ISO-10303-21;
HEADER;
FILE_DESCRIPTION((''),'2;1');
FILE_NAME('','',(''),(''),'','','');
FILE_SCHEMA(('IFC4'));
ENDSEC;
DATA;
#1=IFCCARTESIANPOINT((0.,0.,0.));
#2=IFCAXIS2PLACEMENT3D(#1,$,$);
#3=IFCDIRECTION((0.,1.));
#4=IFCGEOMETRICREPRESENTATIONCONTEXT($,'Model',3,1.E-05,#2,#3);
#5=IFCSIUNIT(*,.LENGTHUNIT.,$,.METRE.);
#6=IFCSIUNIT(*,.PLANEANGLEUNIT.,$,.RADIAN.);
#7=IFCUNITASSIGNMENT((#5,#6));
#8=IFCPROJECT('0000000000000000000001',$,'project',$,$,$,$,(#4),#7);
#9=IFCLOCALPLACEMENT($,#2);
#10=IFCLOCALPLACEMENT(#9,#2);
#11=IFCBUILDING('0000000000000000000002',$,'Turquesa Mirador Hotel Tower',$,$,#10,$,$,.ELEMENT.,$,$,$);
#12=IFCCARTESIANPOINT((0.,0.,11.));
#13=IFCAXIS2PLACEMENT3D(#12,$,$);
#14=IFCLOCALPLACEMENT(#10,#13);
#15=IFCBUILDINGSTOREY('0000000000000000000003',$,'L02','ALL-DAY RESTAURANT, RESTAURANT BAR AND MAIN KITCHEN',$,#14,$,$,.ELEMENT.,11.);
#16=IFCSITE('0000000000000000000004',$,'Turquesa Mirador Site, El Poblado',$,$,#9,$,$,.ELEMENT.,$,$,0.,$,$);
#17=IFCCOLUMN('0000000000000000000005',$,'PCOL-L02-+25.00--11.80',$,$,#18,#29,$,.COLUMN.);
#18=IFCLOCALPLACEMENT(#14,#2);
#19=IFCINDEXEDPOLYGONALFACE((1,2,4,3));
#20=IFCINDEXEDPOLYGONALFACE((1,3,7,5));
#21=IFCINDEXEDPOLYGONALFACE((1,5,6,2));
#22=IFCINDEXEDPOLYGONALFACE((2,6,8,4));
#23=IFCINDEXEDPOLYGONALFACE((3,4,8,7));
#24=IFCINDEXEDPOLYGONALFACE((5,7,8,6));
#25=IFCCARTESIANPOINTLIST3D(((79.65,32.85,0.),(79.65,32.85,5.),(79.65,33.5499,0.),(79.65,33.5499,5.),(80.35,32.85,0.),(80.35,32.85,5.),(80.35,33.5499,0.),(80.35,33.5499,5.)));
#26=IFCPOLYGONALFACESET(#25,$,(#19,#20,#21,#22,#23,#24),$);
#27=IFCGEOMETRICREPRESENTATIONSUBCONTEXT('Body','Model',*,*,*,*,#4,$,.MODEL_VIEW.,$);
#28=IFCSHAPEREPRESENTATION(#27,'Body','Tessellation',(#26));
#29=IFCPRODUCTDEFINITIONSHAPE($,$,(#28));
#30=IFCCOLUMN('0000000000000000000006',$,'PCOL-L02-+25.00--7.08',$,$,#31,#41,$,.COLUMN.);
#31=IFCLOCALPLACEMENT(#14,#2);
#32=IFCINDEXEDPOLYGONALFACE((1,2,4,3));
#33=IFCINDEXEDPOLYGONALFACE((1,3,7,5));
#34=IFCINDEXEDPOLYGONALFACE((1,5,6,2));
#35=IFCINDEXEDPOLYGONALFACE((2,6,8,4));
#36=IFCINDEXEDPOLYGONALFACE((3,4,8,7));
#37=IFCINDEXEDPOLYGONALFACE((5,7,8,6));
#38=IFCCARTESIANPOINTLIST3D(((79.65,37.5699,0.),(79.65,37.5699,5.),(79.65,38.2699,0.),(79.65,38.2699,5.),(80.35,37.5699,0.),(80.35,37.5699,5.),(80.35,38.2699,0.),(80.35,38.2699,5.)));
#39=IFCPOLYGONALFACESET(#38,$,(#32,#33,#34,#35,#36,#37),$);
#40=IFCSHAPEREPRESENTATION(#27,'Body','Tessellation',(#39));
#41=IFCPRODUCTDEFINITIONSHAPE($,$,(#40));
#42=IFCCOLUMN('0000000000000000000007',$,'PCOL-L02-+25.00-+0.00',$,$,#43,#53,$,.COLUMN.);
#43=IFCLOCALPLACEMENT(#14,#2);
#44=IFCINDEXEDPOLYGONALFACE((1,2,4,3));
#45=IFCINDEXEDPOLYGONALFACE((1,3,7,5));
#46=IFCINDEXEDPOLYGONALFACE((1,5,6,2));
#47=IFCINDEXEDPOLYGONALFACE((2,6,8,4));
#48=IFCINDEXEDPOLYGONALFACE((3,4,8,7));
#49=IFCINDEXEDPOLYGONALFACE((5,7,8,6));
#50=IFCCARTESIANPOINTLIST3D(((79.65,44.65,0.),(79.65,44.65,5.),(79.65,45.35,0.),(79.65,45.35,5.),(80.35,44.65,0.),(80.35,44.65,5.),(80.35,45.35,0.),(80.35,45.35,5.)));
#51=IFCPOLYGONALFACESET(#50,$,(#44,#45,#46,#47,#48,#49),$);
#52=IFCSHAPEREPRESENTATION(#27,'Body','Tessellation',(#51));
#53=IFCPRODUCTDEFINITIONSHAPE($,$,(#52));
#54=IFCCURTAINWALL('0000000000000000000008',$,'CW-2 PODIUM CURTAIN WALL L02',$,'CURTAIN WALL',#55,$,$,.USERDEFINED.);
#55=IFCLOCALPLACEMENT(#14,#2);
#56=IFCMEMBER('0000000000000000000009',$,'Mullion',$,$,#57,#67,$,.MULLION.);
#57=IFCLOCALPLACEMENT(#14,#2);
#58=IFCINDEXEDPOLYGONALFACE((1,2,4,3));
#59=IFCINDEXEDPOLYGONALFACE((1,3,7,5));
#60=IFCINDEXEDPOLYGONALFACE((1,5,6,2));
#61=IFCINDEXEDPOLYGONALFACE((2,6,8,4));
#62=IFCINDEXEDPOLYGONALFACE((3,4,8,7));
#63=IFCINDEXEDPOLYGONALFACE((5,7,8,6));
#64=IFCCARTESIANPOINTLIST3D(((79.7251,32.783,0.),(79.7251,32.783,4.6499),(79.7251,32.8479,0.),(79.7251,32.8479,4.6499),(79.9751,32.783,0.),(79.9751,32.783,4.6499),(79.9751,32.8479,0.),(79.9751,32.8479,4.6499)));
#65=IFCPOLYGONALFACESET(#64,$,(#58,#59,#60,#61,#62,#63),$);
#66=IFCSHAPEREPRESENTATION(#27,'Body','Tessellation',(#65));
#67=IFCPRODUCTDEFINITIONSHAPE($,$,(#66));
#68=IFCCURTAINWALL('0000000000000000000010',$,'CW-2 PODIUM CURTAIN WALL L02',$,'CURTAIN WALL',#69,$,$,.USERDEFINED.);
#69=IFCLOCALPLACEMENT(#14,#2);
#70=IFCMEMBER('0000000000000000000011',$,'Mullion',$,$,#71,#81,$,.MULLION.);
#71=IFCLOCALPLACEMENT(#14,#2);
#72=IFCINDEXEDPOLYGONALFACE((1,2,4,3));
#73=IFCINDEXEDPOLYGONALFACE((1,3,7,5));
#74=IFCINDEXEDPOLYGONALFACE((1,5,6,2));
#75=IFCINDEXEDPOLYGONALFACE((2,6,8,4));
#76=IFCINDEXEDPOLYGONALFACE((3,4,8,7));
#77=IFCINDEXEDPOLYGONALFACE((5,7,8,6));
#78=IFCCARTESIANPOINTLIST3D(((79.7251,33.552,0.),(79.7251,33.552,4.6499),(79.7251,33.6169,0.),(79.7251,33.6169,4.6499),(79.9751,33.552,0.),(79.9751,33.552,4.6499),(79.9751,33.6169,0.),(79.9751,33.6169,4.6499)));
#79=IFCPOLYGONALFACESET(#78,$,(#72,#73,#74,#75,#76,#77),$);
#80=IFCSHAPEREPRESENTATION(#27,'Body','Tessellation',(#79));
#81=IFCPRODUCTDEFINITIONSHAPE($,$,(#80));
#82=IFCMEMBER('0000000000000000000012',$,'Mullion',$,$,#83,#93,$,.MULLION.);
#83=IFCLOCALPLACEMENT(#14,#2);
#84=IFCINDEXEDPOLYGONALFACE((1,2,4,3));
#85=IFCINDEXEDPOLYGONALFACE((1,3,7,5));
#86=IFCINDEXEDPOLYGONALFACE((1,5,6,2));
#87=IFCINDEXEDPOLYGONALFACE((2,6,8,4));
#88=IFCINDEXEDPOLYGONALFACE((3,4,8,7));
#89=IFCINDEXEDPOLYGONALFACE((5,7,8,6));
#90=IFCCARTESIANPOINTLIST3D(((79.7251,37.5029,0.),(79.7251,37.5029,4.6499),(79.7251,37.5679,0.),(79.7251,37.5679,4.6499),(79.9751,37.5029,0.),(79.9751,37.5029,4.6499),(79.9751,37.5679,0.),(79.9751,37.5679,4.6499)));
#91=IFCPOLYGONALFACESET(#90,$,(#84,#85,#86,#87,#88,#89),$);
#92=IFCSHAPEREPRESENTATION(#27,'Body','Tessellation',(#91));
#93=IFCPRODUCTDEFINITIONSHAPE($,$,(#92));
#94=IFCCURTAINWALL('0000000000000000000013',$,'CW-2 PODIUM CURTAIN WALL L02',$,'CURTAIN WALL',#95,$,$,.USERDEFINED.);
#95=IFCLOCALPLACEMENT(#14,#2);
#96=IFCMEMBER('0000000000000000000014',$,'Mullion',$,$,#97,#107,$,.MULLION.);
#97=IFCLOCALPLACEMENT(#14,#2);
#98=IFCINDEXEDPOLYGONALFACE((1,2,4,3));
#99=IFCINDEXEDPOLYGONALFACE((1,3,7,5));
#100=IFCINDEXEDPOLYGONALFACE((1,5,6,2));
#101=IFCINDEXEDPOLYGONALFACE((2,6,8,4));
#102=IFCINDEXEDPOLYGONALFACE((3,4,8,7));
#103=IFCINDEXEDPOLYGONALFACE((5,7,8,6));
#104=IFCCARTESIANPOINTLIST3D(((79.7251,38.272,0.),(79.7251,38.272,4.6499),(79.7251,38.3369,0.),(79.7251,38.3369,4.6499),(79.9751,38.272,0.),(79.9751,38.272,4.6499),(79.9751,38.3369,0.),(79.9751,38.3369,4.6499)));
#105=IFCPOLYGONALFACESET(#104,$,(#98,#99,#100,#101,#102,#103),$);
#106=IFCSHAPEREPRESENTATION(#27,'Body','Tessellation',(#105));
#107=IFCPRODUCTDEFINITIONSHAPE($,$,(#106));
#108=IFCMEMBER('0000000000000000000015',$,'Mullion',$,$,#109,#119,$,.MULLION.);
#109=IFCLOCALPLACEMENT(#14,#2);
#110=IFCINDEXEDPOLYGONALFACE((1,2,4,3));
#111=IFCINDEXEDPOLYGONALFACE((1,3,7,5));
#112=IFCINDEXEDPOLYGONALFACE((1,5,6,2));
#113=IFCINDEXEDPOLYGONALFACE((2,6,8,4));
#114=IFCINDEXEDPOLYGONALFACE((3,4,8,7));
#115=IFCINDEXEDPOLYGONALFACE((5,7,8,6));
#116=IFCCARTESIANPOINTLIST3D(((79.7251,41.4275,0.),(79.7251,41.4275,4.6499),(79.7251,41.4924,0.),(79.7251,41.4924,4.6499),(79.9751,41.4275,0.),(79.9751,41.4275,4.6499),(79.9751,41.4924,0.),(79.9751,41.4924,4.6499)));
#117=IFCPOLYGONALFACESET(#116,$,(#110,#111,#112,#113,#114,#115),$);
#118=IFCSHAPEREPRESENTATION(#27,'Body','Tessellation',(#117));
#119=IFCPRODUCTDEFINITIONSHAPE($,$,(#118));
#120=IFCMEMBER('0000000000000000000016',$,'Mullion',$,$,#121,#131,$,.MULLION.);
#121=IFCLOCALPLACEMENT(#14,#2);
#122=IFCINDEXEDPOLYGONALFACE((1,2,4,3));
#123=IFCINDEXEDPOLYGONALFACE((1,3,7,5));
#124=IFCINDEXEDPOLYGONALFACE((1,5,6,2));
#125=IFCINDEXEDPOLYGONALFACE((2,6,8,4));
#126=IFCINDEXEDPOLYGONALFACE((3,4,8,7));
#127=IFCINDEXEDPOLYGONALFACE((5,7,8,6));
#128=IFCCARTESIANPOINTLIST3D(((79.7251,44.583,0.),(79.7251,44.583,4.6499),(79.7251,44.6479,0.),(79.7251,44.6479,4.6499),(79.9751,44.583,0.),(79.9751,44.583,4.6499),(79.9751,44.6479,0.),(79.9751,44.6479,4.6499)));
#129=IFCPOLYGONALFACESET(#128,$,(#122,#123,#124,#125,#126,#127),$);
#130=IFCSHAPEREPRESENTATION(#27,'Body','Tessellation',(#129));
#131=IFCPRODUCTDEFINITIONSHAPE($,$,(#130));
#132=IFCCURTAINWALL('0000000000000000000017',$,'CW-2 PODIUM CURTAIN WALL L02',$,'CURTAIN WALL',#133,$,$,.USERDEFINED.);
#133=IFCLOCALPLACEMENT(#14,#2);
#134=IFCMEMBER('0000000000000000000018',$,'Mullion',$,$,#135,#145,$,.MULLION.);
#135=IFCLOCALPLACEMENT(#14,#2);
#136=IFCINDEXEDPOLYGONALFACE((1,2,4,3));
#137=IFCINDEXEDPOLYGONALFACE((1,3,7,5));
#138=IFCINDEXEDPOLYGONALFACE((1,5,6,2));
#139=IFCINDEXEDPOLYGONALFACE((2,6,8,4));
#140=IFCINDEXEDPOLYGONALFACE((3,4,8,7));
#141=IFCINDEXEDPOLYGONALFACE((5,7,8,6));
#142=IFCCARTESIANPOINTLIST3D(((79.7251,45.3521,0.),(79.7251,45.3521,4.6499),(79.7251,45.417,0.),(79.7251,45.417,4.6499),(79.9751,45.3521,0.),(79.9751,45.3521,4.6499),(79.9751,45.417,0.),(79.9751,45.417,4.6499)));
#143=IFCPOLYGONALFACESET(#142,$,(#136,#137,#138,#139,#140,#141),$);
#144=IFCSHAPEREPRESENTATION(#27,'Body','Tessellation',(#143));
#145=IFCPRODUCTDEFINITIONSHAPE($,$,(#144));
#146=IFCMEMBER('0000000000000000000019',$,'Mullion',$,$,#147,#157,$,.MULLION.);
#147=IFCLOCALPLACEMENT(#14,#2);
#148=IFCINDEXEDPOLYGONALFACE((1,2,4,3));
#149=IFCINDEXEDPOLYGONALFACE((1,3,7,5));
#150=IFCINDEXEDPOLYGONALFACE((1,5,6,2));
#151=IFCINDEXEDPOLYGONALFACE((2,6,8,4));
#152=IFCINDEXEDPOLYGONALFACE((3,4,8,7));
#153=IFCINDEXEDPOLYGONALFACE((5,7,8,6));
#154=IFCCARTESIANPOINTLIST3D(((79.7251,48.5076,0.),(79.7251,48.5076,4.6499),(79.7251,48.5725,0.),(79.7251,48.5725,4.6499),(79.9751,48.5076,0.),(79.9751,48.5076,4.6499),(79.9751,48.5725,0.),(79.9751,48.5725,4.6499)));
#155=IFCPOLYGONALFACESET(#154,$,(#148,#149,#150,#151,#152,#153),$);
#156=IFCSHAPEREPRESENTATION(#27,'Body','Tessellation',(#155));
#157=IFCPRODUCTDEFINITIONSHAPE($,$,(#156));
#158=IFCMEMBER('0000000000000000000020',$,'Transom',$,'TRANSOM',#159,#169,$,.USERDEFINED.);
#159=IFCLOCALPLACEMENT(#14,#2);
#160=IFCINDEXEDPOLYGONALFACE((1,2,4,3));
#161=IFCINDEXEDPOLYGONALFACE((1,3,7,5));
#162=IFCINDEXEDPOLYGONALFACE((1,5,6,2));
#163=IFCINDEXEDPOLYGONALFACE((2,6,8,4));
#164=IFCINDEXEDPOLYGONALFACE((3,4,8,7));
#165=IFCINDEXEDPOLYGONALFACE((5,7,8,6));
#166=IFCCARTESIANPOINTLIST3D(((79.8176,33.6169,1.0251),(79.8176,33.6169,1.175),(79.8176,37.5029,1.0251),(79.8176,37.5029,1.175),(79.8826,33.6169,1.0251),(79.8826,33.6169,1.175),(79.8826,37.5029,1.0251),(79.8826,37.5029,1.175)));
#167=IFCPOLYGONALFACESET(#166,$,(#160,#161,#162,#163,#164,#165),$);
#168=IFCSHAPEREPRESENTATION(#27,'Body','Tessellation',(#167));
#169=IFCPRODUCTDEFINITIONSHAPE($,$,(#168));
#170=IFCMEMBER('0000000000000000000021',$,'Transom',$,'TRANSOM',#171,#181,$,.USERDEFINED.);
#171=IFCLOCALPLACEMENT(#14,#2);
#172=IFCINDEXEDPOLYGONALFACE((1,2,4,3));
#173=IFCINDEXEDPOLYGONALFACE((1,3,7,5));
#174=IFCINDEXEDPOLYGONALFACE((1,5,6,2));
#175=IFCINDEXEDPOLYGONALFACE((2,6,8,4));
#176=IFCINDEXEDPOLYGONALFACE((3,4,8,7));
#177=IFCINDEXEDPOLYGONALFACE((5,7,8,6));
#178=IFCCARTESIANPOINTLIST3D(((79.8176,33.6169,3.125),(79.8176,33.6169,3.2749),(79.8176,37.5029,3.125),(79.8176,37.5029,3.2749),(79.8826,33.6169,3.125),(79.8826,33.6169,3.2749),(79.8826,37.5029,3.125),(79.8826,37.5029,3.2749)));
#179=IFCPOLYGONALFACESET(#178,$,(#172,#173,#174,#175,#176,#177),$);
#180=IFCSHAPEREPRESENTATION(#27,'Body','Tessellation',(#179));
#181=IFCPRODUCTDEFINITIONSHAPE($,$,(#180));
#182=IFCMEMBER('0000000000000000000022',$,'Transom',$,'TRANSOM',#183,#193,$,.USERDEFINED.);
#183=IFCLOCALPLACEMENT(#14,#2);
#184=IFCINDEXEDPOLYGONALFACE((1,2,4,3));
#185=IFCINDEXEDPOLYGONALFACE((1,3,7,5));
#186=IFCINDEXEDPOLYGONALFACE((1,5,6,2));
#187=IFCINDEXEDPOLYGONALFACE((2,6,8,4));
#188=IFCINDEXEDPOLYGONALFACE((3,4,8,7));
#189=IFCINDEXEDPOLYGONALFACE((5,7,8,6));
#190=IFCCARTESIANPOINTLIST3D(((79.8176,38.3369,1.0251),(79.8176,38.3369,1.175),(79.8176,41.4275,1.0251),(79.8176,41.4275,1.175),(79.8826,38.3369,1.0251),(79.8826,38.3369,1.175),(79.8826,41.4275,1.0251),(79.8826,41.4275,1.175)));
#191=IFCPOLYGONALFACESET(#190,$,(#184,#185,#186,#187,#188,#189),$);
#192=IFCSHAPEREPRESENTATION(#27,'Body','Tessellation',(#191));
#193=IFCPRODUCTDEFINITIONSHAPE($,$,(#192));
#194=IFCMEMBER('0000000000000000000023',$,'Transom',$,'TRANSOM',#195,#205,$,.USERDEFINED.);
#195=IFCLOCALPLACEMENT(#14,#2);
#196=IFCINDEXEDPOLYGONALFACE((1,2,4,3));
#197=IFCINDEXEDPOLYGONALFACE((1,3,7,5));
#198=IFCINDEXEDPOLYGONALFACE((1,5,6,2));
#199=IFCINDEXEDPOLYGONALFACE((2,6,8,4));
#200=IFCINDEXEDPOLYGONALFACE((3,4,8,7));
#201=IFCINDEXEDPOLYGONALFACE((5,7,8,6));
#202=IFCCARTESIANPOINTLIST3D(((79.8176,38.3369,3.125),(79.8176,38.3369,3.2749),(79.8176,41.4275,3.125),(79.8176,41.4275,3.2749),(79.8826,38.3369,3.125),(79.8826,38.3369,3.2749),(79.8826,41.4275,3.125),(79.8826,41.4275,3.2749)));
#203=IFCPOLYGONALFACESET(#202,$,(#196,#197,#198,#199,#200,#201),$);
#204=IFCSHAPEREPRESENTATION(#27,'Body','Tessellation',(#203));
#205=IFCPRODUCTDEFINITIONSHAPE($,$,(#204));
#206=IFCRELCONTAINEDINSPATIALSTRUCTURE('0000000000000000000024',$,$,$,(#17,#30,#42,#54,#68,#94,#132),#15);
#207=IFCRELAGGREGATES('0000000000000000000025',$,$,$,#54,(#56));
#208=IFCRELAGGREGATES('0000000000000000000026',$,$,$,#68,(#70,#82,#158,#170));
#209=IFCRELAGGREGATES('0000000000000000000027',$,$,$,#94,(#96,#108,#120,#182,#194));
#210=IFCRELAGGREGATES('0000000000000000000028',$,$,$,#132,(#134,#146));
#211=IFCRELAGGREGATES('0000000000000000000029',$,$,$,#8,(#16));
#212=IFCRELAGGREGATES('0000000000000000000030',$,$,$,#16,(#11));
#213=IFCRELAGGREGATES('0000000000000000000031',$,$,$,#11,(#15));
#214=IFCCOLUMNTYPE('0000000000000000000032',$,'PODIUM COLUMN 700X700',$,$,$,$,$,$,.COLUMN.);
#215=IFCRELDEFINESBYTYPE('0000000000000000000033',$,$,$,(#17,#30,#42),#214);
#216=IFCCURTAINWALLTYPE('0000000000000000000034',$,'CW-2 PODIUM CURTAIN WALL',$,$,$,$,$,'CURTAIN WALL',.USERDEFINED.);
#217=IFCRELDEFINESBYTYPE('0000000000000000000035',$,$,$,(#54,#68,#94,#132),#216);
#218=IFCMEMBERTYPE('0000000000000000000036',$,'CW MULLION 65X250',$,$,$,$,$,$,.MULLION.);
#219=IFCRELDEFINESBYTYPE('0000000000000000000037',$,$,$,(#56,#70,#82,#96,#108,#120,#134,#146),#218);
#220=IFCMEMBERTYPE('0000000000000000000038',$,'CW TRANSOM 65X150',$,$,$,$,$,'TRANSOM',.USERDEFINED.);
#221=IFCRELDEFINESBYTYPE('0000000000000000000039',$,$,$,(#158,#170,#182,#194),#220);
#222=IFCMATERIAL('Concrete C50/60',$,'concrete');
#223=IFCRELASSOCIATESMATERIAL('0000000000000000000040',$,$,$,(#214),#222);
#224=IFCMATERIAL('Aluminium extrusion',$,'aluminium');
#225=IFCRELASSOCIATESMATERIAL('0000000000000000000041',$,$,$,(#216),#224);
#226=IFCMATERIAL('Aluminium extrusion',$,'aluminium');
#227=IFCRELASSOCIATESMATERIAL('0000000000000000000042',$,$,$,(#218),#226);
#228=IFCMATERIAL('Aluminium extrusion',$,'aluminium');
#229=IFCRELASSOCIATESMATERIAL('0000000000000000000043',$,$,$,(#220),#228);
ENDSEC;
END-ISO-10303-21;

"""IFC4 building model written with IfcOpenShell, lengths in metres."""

from ifc_helpers import new_model, si_unit, direction, frame, origin, origin_2d, place, context, subcontext, project, spatial, rectangle, extrude, material, material_profile, profile_set, type_object, element, aggregate, save


model = new_model("IFC4")

# Units and contexts
model_context = context("Model", 3, precision=1e-05, world=origin(), true_north=direction((0.0, 1.0)))
body_context = subcontext(model_context, "Body", "Model", "MODEL_VIEW")
ifc_project = project(units=[si_unit("LENGTHUNIT", "METRE"), si_unit("PLANEANGLEUNIT", "RADIAN")], contexts=[model_context])

# Site, building, storey
site_placement = place(None, origin())
site = spatial("IfcSite", under=ifc_project, at=site_placement, Name="Turquesa Mirador Site, El Poblado", CompositionType="ELEMENT", RefElevation=0.0)
building_placement = place(site_placement, origin())
building = spatial("IfcBuilding", under=site, at=building_placement, Name="Turquesa Mirador Hotel Tower", CompositionType="ELEMENT")
storey_placement = place(building_placement, frame((0.0, 0.0, 11.0)))
storey = spatial("IfcBuildingStorey", under=building, at=storey_placement, Name="L02", Description="ALL-DAY RESTAURANT, RESTAURANT BAR AND MAIN KITCHEN", CompositionType="ELEMENT", Elevation=11.0)

# Columns
ifc_material_1 = material(Name="Concrete C50/60", Category="concrete")
ifc_material_profile_1 = material_profile(ifc_material_1, rectangle(XDim=0.7, YDim=0.7, at=origin_2d()), Name="RC 700X700")
ifc_profile_set_1 = profile_set([ifc_material_profile_1], Name="Concrete C50/60")
column_type = type_object("IfcColumnType", Name="PODIUM COLUMN 700X700", PredefinedType="COLUMN", material=ifc_profile_set_1)
for number, where, z_axis, x_axis, name in (
    (1, (80.0, 33.2, 0.0), (0.0, 0.0, 1.0), (1.0, 0.0, 0.0), "PCOL-L02-+25.00--11.80"),
    (2, (80.0, 37.9199, 0.0), (0.0, 0.0, 1.0), (1.0, 0.0, 0.0), "PCOL-L02-+25.00--7.08"),
    (3, (80.0, 45.0, 0.0), (0.0, 0.0, 1.0), (1.0, 0.0, 0.0), "PCOL-L02-+25.00-+0.00"),
):
    element("IfcColumn", number, at=place(storey_placement, frame(where, z_axis=z_axis, x_axis=x_axis)), inside=storey, type_object=column_type, Name=name, PredefinedType="COLUMN", context=body_context, shape_type="SweptSolid", body=[
        extrude(rectangle(XDim=0.7, YDim=0.7, at=origin_2d()), origin(), (0.0, 0.0, 1.0), 5.0),
    ])

# Curtain wall, member
ifc_material_2 = material(Name="Aluminium extrusion", Category="aluminium")
curtain_wall_type = type_object("IfcCurtainWallType", Name="CW-2 PODIUM CURTAIN WALL", ElementType="CURTAIN WALL", PredefinedType="USERDEFINED", material=ifc_material_2)
curtain_wall_1_placement = place(storey_placement, origin())
curtain_wall_1 = element("IfcCurtainWall", 4, at=curtain_wall_1_placement, inside=storey, type_object=curtain_wall_type, Name="CW-2 PODIUM CURTAIN WALL L02", ObjectType="CURTAIN WALL", PredefinedType="USERDEFINED")
ifc_material_3 = material(Name="Aluminium extrusion", Category="aluminium")
ifc_material_profile_2 = material_profile(ifc_material_3, rectangle(XDim=0.0649, YDim=0.25, at=origin_2d()), Name="MULLION 65X250")
ifc_profile_set_2 = profile_set([ifc_material_profile_2], Name="Aluminium extrusion")
member_type_1 = type_object("IfcMemberType", Name="CW MULLION 65X250", PredefinedType="MULLION", material=ifc_profile_set_2)
member_1_placement = place(storey_placement, frame((79.8501, 32.8154, 0.0), z_axis=(0.0, 0.0, 1.0), x_axis=(0.0, 1.0, 0.0)))
member_1 = element("IfcMember", 5, at=member_1_placement, type_object=member_type_1, Name="Mullion", PredefinedType="MULLION", context=body_context, shape_type="SweptSolid", body=[
    extrude(rectangle(XDim=0.0649, YDim=0.25, at=origin_2d()), origin(), (0.0, 0.0, 1.0), 4.6499),
])

# Curtain walls, members
curtain_wall_2_placement = place(storey_placement, origin())
curtain_wall_2 = element("IfcCurtainWall", 6, at=curtain_wall_2_placement, inside=storey, type_object=curtain_wall_type, Name="CW-2 PODIUM CURTAIN WALL L02", ObjectType="CURTAIN WALL", PredefinedType="USERDEFINED")
member_2_placement = place(storey_placement, frame((79.8501, 33.5845, 0.0), z_axis=(0.0, 0.0, 1.0), x_axis=(0.0, 1.0, 0.0)))
member_2 = element("IfcMember", 7, at=member_2_placement, type_object=member_type_1, Name="Mullion", PredefinedType="MULLION", context=body_context, shape_type="SweptSolid", body=[
    extrude(rectangle(XDim=0.0649, YDim=0.25, at=origin_2d()), origin(), (0.0, 0.0, 1.0), 4.6499),
])
member_3_placement = place(storey_placement, frame((79.8501, 37.5354, 0.0), z_axis=(0.0, 0.0, 1.0), x_axis=(0.0, 1.0, 0.0)))
member_3 = element("IfcMember", 8, at=member_3_placement, type_object=member_type_1, Name="Mullion", PredefinedType="MULLION", context=body_context, shape_type="SweptSolid", body=[
    extrude(rectangle(XDim=0.0649, YDim=0.25, at=origin_2d()), origin(), (0.0, 0.0, 1.0), 4.6499),
])
curtain_wall_3_placement = place(storey_placement, origin())
curtain_wall_3 = element("IfcCurtainWall", 9, at=curtain_wall_3_placement, inside=storey, type_object=curtain_wall_type, Name="CW-2 PODIUM CURTAIN WALL L02", ObjectType="CURTAIN WALL", PredefinedType="USERDEFINED")
member_4_placement = place(storey_placement, frame((79.8501, 38.3044, 0.0), z_axis=(0.0, 0.0, 1.0), x_axis=(0.0, 1.0, 0.0)))
member_4 = element("IfcMember", 10, at=member_4_placement, type_object=member_type_1, Name="Mullion", PredefinedType="MULLION", context=body_context, shape_type="SweptSolid", body=[
    extrude(rectangle(XDim=0.0649, YDim=0.25, at=origin_2d()), origin(), (0.0, 0.0, 1.0), 4.6499),
])
member_5_placement = place(storey_placement, frame((79.8501, 41.46, 0.0), z_axis=(0.0, 0.0, 1.0), x_axis=(0.0, 1.0, 0.0)))
member_5 = element("IfcMember", 11, at=member_5_placement, type_object=member_type_1, Name="Mullion", PredefinedType="MULLION", context=body_context, shape_type="SweptSolid", body=[
    extrude(rectangle(XDim=0.0649, YDim=0.25, at=origin_2d()), origin(), (0.0, 0.0, 1.0), 4.6499),
])
member_6_placement = place(storey_placement, frame((79.8501, 44.6155, 0.0), z_axis=(0.0, 0.0, 1.0), x_axis=(0.0, 1.0, 0.0)))
member_6 = element("IfcMember", 12, at=member_6_placement, type_object=member_type_1, Name="Mullion", PredefinedType="MULLION", context=body_context, shape_type="SweptSolid", body=[
    extrude(rectangle(XDim=0.0649, YDim=0.25, at=origin_2d()), origin(), (0.0, 0.0, 1.0), 4.6499),
])
curtain_wall_4_placement = place(storey_placement, origin())
curtain_wall_4 = element("IfcCurtainWall", 13, at=curtain_wall_4_placement, inside=storey, type_object=curtain_wall_type, Name="CW-2 PODIUM CURTAIN WALL L02", ObjectType="CURTAIN WALL", PredefinedType="USERDEFINED")
member_7_placement = place(storey_placement, frame((79.8501, 45.3845, 0.0), z_axis=(0.0, 0.0, 1.0), x_axis=(0.0, 1.0, 0.0)))
member_7 = element("IfcMember", 14, at=member_7_placement, type_object=member_type_1, Name="Mullion", PredefinedType="MULLION", context=body_context, shape_type="SweptSolid", body=[
    extrude(rectangle(XDim=0.0649, YDim=0.25, at=origin_2d()), origin(), (0.0, 0.0, 1.0), 4.6499),
])
member_8_placement = place(storey_placement, frame((79.8501, 48.54, 0.0), z_axis=(0.0, 0.0, 1.0), x_axis=(0.0, 1.0, 0.0)))
member_8 = element("IfcMember", 15, at=member_8_placement, type_object=member_type_1, Name="Mullion", PredefinedType="MULLION", context=body_context, shape_type="SweptSolid", body=[
    extrude(rectangle(XDim=0.0649, YDim=0.25, at=origin_2d()), origin(), (0.0, 0.0, 1.0), 4.6499),
])

# Members
ifc_material_4 = material(Name="Aluminium extrusion", Category="aluminium")
ifc_material_profile_3 = material_profile(ifc_material_4, rectangle(XDim=0.0649, YDim=0.1499, at=origin_2d()), Name="TRANSOM 65X150")
ifc_profile_set_3 = profile_set([ifc_material_profile_3], Name="Aluminium extrusion")
member_type_2 = type_object("IfcMemberType", Name="CW TRANSOM 65X150", ElementType="TRANSOM", PredefinedType="USERDEFINED", material=ifc_profile_set_3)
member_9_placement = place(storey_placement, frame((79.8501, 33.6169, 1.1001), z_axis=(0.0, 1.0, 0.0), x_axis=(-1.0, 0.0, 0.0)))
member_9 = element("IfcMember", 16, at=member_9_placement, type_object=member_type_2, Name="Transom", ObjectType="TRANSOM", PredefinedType="USERDEFINED", context=body_context, shape_type="SweptSolid", body=[
    extrude(rectangle(XDim=0.0649, YDim=0.1499, at=origin_2d()), origin(), (0.0, 0.0, 1.0), 3.886),
])
member_10_placement = place(storey_placement, frame((79.8501, 33.6169, 3.2), z_axis=(0.0, 1.0, 0.0), x_axis=(-1.0, 0.0, 0.0)))
member_10 = element("IfcMember", 17, at=member_10_placement, type_object=member_type_2, Name="Transom", ObjectType="TRANSOM", PredefinedType="USERDEFINED", context=body_context, shape_type="SweptSolid", body=[
    extrude(rectangle(XDim=0.0649, YDim=0.1499, at=origin_2d()), origin(), (0.0, 0.0, 1.0), 3.886),
])
member_11_placement = place(storey_placement, frame((79.8501, 38.3369, 1.1001), z_axis=(0.0, 1.0, 0.0), x_axis=(-1.0, 0.0, 0.0)))
member_11 = element("IfcMember", 18, at=member_11_placement, type_object=member_type_2, Name="Transom", ObjectType="TRANSOM", PredefinedType="USERDEFINED", context=body_context, shape_type="SweptSolid", body=[
    extrude(rectangle(XDim=0.0649, YDim=0.1499, at=origin_2d()), origin(), (0.0, 0.0, 1.0), 3.0906),
])
member_12_placement = place(storey_placement, frame((79.8501, 38.3369, 3.2), z_axis=(0.0, 1.0, 0.0), x_axis=(-1.0, 0.0, 0.0)))
member_12 = element("IfcMember", 19, at=member_12_placement, type_object=member_type_2, Name="Transom", ObjectType="TRANSOM", PredefinedType="USERDEFINED", context=body_context, shape_type="SweptSolid", body=[
    extrude(rectangle(XDim=0.0649, YDim=0.1499, at=origin_2d()), origin(), (0.0, 0.0, 1.0), 3.0906),
])

aggregate(curtain_wall_1, [member_1])
aggregate(curtain_wall_2, [member_2, member_3, member_9, member_10])
aggregate(curtain_wall_3, [member_4, member_5, member_6, member_11, member_12])
aggregate(curtain_wall_4, [member_7, member_8])

save(model, "model.ifc")
